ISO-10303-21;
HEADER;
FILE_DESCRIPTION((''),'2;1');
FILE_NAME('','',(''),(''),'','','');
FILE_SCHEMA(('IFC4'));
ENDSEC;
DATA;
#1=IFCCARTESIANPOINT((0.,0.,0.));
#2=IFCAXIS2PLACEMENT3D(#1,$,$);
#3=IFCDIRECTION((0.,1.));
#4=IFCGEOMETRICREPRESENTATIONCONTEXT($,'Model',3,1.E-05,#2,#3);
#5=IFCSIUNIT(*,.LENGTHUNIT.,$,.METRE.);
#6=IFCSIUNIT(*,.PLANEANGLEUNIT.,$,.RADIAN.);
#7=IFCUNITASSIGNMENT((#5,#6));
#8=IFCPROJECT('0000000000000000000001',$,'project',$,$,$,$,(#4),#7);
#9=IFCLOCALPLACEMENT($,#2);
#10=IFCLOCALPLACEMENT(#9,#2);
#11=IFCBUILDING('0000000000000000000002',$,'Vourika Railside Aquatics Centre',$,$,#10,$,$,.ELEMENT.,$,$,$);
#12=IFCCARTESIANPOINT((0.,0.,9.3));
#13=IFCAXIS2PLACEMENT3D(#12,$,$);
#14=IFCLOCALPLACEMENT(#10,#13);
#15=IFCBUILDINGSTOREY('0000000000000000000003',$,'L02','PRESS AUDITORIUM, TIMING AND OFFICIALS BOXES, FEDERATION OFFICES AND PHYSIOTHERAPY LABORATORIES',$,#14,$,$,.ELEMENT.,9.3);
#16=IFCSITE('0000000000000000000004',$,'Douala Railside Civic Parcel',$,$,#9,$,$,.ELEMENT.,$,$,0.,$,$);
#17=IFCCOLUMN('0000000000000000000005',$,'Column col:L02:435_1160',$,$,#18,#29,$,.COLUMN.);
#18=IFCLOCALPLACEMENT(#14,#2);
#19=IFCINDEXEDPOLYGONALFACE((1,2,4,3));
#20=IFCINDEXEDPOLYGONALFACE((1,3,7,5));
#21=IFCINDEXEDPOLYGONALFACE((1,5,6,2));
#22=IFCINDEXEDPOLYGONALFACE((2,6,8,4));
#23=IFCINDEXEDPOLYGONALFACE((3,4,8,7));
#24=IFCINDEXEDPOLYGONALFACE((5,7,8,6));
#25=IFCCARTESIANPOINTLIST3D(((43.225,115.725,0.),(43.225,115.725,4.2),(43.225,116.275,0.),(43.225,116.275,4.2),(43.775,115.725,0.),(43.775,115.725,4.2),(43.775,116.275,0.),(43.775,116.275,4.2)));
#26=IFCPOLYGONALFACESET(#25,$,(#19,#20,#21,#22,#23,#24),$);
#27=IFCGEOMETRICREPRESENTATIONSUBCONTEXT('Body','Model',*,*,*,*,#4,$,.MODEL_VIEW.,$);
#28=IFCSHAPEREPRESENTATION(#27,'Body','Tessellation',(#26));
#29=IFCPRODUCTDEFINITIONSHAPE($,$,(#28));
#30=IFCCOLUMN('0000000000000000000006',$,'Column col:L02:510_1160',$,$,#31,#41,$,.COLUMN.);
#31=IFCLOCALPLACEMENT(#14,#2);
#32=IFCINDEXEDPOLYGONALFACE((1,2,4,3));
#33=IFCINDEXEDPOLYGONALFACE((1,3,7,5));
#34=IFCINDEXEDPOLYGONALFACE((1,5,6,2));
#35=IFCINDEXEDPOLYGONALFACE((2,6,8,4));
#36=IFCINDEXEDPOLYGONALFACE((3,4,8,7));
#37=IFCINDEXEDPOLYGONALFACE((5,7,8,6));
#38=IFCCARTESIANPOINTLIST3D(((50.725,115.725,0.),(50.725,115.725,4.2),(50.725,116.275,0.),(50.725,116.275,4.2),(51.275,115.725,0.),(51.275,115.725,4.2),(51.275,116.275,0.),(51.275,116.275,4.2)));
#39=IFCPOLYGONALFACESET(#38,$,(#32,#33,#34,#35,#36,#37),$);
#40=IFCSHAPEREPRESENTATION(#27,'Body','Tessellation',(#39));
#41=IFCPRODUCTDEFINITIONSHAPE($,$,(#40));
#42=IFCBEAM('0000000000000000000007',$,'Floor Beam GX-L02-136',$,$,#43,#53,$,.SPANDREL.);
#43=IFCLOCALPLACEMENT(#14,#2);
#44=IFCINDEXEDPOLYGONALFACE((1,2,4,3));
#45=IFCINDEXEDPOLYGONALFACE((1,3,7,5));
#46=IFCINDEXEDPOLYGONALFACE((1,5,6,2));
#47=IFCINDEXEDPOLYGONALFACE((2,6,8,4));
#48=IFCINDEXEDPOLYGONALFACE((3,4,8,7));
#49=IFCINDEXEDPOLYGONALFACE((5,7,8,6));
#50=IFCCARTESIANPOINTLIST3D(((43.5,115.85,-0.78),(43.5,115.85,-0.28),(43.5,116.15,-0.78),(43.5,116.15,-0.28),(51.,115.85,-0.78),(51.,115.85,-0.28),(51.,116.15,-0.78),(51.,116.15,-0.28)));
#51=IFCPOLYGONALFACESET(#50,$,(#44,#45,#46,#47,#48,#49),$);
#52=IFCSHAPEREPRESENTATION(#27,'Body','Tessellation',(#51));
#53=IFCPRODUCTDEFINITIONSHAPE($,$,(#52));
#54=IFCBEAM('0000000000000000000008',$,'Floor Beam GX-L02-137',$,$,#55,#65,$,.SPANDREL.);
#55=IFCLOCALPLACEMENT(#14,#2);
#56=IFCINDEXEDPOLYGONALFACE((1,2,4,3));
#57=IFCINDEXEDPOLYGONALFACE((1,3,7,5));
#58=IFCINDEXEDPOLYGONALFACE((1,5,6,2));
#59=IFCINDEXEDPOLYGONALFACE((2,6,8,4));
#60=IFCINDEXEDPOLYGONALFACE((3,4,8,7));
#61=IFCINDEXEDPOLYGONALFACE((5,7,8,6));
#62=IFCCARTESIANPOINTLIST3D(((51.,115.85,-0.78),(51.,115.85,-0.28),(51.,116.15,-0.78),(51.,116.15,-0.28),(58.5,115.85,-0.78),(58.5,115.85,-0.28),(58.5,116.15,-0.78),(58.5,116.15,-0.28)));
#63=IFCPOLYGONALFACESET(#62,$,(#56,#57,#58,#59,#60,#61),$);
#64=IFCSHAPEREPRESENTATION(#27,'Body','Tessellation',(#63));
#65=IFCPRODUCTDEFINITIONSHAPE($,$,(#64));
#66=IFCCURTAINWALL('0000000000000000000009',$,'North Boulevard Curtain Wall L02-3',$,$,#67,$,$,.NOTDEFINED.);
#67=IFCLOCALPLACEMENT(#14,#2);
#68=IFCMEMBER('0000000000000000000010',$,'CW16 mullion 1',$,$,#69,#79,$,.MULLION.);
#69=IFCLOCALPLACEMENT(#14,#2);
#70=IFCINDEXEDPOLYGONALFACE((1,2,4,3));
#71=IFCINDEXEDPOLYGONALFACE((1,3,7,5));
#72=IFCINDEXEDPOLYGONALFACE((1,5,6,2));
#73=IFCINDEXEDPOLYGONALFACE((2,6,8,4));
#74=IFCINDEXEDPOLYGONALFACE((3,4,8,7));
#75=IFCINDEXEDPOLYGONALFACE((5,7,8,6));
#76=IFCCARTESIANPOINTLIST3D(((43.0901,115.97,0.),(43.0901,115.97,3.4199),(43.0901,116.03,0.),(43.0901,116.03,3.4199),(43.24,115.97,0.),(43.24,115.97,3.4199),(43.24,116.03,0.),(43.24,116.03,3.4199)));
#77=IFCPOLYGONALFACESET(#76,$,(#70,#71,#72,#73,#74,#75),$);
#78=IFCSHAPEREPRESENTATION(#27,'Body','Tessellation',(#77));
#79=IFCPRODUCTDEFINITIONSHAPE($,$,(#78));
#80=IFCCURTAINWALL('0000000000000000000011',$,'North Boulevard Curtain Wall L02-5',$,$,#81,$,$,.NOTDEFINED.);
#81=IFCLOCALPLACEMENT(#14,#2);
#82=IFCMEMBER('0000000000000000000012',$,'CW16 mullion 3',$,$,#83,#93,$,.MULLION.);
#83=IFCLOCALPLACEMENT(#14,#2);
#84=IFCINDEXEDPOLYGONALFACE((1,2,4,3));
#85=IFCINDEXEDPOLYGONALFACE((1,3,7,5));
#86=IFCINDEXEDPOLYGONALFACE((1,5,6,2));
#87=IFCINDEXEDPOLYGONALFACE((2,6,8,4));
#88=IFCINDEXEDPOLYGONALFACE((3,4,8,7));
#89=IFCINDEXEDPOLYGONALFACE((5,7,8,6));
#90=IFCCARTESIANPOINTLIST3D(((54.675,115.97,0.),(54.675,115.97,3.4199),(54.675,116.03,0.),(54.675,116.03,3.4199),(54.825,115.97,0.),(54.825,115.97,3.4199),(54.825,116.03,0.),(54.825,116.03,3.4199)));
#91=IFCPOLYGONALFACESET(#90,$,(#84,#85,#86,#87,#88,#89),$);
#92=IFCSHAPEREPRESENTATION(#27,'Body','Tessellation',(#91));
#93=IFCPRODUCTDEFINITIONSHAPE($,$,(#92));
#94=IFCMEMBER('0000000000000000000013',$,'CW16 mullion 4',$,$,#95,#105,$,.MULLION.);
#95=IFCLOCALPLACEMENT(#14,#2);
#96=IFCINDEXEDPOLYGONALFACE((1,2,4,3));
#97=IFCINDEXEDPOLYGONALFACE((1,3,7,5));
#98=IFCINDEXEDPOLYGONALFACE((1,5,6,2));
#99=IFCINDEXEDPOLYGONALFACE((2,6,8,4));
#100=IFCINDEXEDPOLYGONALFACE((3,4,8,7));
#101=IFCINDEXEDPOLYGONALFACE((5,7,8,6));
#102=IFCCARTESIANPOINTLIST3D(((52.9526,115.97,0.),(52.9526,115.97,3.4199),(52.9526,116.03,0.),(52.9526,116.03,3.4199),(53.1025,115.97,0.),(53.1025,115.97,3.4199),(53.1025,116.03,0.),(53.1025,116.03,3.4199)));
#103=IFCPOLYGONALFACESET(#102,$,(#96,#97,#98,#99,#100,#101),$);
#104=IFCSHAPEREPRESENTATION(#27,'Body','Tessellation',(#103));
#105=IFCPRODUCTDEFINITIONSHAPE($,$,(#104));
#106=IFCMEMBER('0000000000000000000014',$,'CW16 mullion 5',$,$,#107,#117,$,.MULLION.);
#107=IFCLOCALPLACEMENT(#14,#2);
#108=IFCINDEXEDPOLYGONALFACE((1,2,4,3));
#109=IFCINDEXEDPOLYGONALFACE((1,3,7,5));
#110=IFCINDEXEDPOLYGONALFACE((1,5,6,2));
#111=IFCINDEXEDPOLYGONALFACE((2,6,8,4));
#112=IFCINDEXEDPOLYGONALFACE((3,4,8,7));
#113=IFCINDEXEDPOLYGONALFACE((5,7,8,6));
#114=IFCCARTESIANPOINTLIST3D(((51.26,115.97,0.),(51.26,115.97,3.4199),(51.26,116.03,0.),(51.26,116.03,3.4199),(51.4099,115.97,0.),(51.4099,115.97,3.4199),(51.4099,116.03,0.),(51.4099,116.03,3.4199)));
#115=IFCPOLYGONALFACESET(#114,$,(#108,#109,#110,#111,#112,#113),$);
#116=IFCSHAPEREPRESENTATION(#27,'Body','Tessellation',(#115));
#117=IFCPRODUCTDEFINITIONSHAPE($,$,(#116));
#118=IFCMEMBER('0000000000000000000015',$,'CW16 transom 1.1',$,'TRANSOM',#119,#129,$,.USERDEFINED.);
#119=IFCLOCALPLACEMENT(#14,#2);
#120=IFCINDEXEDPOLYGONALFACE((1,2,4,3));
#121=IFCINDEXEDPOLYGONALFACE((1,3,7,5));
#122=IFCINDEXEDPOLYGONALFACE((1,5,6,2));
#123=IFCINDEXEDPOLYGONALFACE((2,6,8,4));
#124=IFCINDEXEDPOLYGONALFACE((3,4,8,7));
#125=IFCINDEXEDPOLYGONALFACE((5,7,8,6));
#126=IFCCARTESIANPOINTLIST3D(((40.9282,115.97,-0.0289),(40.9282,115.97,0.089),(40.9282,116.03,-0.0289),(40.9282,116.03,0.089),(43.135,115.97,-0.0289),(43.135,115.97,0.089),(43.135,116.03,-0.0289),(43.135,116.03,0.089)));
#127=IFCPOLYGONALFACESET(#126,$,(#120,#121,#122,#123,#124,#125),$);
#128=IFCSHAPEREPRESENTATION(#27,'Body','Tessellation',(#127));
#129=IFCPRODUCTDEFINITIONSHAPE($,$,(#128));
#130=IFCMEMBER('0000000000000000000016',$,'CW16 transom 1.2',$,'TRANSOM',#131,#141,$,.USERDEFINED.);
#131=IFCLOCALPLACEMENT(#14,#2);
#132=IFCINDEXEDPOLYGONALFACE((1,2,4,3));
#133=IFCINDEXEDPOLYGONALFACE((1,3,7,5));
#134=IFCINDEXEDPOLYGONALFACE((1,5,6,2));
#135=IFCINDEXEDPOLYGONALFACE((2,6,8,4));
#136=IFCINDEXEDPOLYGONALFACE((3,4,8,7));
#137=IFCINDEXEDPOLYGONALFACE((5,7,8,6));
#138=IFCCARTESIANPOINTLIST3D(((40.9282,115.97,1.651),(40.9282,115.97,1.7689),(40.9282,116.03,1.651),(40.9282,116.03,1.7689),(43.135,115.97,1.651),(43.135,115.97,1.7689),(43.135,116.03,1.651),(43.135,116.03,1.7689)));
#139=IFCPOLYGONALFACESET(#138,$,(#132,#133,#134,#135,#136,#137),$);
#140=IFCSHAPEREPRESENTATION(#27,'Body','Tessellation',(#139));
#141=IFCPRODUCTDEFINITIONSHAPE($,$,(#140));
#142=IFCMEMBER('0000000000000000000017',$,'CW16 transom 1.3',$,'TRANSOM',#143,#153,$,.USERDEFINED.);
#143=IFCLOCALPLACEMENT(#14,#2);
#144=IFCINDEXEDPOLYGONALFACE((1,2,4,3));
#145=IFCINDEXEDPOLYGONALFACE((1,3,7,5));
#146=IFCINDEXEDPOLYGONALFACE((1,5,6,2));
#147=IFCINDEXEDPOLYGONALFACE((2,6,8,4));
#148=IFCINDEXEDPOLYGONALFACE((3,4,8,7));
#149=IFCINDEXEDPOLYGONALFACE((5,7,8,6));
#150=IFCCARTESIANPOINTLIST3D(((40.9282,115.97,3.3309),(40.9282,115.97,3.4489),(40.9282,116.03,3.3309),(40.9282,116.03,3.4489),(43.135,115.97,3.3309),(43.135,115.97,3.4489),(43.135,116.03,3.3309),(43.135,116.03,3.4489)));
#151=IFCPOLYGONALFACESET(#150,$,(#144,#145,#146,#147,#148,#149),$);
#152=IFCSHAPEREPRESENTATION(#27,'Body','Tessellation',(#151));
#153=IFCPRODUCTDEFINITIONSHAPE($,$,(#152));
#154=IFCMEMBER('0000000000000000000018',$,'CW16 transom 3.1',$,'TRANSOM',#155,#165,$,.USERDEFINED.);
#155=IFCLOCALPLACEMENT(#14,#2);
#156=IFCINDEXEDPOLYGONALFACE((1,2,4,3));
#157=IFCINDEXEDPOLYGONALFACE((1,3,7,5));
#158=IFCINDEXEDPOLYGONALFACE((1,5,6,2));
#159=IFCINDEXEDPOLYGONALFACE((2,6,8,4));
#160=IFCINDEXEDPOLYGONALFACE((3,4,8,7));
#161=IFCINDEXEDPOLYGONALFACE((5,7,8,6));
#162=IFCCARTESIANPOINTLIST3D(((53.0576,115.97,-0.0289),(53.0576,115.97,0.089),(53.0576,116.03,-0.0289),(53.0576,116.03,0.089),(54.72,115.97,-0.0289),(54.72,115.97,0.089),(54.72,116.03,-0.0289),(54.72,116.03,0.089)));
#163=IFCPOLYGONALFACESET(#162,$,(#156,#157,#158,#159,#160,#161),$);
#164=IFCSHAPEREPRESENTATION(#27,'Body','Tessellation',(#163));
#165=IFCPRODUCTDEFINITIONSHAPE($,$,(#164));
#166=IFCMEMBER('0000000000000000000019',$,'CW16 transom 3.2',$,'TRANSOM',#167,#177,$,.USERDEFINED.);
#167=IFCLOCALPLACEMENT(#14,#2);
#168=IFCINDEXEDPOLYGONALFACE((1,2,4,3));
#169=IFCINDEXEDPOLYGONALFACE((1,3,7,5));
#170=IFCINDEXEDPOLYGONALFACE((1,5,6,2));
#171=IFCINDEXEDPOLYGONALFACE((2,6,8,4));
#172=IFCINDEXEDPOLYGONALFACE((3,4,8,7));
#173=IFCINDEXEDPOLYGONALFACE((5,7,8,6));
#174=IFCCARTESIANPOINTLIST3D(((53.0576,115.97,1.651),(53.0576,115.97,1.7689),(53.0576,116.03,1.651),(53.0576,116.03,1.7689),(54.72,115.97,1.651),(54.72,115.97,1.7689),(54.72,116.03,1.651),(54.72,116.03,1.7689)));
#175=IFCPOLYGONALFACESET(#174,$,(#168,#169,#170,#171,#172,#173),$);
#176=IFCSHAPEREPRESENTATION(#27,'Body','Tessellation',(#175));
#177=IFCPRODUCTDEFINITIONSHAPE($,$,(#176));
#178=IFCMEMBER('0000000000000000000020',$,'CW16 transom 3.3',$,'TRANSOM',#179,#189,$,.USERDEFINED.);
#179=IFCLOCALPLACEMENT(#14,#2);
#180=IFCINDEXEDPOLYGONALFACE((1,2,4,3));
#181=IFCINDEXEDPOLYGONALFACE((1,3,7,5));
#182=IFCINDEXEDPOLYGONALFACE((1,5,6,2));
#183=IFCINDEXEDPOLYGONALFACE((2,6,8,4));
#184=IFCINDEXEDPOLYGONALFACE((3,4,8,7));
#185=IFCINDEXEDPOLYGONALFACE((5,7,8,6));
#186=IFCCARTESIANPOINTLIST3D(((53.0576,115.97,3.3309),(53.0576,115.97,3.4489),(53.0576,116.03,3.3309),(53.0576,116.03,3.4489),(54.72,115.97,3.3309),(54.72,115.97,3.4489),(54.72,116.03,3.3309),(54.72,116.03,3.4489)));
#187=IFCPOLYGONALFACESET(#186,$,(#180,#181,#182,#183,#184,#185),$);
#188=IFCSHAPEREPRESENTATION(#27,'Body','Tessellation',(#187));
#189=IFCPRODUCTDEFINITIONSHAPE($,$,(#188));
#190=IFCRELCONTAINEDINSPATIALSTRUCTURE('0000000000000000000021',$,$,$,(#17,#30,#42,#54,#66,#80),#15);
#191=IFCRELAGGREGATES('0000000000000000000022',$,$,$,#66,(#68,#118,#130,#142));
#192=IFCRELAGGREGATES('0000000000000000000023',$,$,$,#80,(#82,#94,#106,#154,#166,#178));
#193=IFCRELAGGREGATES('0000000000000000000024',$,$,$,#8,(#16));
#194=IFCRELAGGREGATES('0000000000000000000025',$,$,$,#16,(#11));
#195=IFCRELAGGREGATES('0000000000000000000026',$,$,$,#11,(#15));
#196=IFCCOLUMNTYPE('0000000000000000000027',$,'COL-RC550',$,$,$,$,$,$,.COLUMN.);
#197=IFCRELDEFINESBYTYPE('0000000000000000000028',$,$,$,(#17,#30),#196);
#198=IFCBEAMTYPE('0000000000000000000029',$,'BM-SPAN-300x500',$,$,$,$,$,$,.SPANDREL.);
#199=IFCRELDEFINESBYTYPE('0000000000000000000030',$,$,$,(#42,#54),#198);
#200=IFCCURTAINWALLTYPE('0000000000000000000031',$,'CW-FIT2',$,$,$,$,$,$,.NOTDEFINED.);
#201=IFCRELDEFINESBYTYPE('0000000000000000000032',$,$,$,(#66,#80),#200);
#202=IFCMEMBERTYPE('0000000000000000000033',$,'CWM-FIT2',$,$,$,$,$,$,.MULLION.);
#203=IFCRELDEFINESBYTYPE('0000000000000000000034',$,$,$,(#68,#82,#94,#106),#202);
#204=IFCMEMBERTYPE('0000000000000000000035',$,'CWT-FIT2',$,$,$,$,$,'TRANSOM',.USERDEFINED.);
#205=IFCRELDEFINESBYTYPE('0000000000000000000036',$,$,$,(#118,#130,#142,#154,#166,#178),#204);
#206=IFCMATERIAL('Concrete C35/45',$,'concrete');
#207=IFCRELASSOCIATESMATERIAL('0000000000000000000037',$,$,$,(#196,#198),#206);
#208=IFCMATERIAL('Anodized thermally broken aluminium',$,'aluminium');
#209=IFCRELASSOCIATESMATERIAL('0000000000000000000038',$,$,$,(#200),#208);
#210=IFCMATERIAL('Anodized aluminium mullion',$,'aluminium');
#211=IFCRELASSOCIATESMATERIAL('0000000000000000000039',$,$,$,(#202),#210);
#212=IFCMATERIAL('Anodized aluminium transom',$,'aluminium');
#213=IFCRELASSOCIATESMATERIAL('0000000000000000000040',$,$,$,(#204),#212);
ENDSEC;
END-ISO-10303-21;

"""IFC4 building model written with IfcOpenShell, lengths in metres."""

from ifc_helpers import new_model, si_unit, direction, frame, origin, origin_2d, place, context, subcontext, project, spatial, rectangle, extrude, material, material_profile, profile_set, type_object, element, aggregate, save


model = new_model("IFC4")

# Units and contexts
model_context = context("Model", 3, precision=1e-05, world=origin(), true_north=direction((0.0, 1.0)))
body_context = subcontext(model_context, "Body", "Model", "MODEL_VIEW")
ifc_project = project(units=[si_unit("LENGTHUNIT", "METRE"), si_unit("PLANEANGLEUNIT", "RADIAN")], contexts=[model_context])

# Site, building, storey
site_placement = place(None, origin())
site = spatial("IfcSite", under=ifc_project, at=site_placement, Name="Douala Railside Civic Parcel", CompositionType="ELEMENT", RefElevation=0.0)
building_placement = place(site_placement, origin())
building = spatial("IfcBuilding", under=site, at=building_placement, Name="Vourika Railside Aquatics Centre", CompositionType="ELEMENT")
storey_placement = place(building_placement, frame((0.0, 0.0, 9.3)))
storey = spatial("IfcBuildingStorey", under=building, at=storey_placement, Name="L02", Description="PRESS AUDITORIUM, TIMING AND OFFICIALS BOXES, FEDERATION OFFICES AND PHYSIOTHERAPY LABORATORIES", CompositionType="ELEMENT", Elevation=9.3)

# Columns
ifc_material_1 = material(Name="Concrete C35/45", Category="concrete")
ifc_material_profile_1 = material_profile(ifc_material_1, rectangle(XDim=0.55, YDim=0.55, at=origin_2d()), Name="RC 550x550")
ifc_profile_set_1 = profile_set([ifc_material_profile_1], Name="Concrete C35/45")
column_type = type_object("IfcColumnType", Name="COL-RC550", PredefinedType="COLUMN", material=ifc_profile_set_1)
for number, where, z_axis, x_axis, name in (
    (1, (43.5, 116.0, 0.0), (0.0, 0.0, 1.0), (1.0, 0.0, 0.0), "Column col:L02:435_1160"),
    (2, (51.0, 116.0, 0.0), (0.0, 0.0, 1.0), (1.0, 0.0, 0.0), "Column col:L02:510_1160"),
):
    element("IfcColumn", number, at=place(storey_placement, frame(where, z_axis=z_axis, x_axis=x_axis)), inside=storey, type_object=column_type, Name=name, PredefinedType="COLUMN", context=body_context, shape_type="SweptSolid", body=[
        extrude(rectangle(XDim=0.55, YDim=0.55, at=origin_2d()), origin(), (0.0, 0.0, 1.0), 4.2),
    ])

# Beams
ifc_material_profile_2 = material_profile(ifc_material_1, rectangle(XDim=0.3, YDim=0.5, at=origin_2d()), Name="RC 300x500")
ifc_profile_set_2 = profile_set([ifc_material_profile_2], Name="Concrete C35/45")
beam_type = type_object("IfcBeamType", Name="BM-SPAN-300x500", PredefinedType="SPANDREL", material=ifc_profile_set_2)
for number, where, z_axis, x_axis, name in (
    (3, (43.5, 116.0, -0.53), (1.0, 0.0, 0.0), (0.0, 1.0, 0.0), "Floor Beam GX-L02-136"),
    (4, (51.0, 116.0, -0.53), (1.0, 0.0, 0.0), (0.0, 1.0, 0.0), "Floor Beam GX-L02-137"),
):
    element("IfcBeam", number, at=place(storey_placement, frame(where, z_axis=z_axis, x_axis=x_axis)), inside=storey, type_object=beam_type, Name=name, PredefinedType="SPANDREL", context=body_context, shape_type="SweptSolid", body=[
        extrude(rectangle(XDim=0.3, YDim=0.5, at=origin_2d()), origin(), (0.0, 0.0, 1.0), 7.5),
    ])

# Curtain wall, member
ifc_material_2 = material(Name="Anodized thermally broken aluminium", Category="aluminium")
curtain_wall_type = type_object("IfcCurtainWallType", Name="CW-FIT2", PredefinedType="NOTDEFINED", material=ifc_material_2)
curtain_wall_1_placement = place(storey_placement, origin())
curtain_wall_1 = element("IfcCurtainWall", 5, at=curtain_wall_1_placement, inside=storey, type_object=curtain_wall_type, Name="North Boulevard Curtain Wall L02-3", PredefinedType="NOTDEFINED")
ifc_material_3 = material(Name="Anodized aluminium mullion", Category="aluminium")
ifc_material_profile_3 = material_profile(ifc_material_3, rectangle(XDim=0.0601, YDim=0.1499, at=origin_2d()), Name="ALU-M 60x150")
ifc_profile_set_3 = profile_set([ifc_material_profile_3], Name="Anodized aluminium mullion")
member_type_1 = type_object("IfcMemberType", Name="CWM-FIT2", PredefinedType="MULLION", material=ifc_profile_set_3)
member_1_placement = place(storey_placement, frame((43.165, 116.0, 0.0), z_axis=(0.0, 0.0, 1.0), x_axis=(0.0, -1.0, 0.0)))
member_1 = element("IfcMember", 6, at=member_1_placement, type_object=member_type_1, Name="CW16 mullion 1", PredefinedType="MULLION", context=body_context, shape_type="SweptSolid", body=[
    extrude(rectangle(XDim=0.0601, YDim=0.1499, at=origin_2d()), origin(), (0.0, 0.0, 1.0), 3.4199),
])

# Curtain wall, members
curtain_wall_2_placement = place(storey_placement, origin())
curtain_wall_2 = element("IfcCurtainWall", 7, at=curtain_wall_2_placement, inside=storey, type_object=curtain_wall_type, Name="North Boulevard Curtain Wall L02-5", PredefinedType="NOTDEFINED")
member_2_placement = place(storey_placement, frame((54.75, 116.0, 0.0), z_axis=(0.0, 0.0, 1.0), x_axis=(0.0, -1.0, 0.0)))
member_2 = element("IfcMember", 8, at=member_2_placement, type_object=member_type_1, Name="CW16 mullion 3", PredefinedType="MULLION", context=body_context, shape_type="SweptSolid", body=[
    extrude(rectangle(XDim=0.0601, YDim=0.1499, at=origin_2d()), origin(), (0.0, 0.0, 1.0), 3.4199),
])
member_3_placement = place(storey_placement, frame((53.0276, 116.0, 0.0), z_axis=(0.0, 0.0, 1.0), x_axis=(0.0, -1.0, 0.0)))
member_3 = element("IfcMember", 9, at=member_3_placement, type_object=member_type_1, Name="CW16 mullion 4", PredefinedType="MULLION", context=body_context, shape_type="SweptSolid", body=[
    extrude(rectangle(XDim=0.0601, YDim=0.1499, at=origin_2d()), origin(), (0.0, 0.0, 1.0), 3.4199),
])
member_4_placement = place(storey_placement, frame((51.335, 116.0, 0.0), z_axis=(0.0, 0.0, 1.0), x_axis=(0.0, -1.0, 0.0)))
member_4 = element("IfcMember", 10, at=member_4_placement, type_object=member_type_1, Name="CW16 mullion 5", PredefinedType="MULLION", context=body_context, shape_type="SweptSolid", body=[
    extrude(rectangle(XDim=0.0601, YDim=0.1499, at=origin_2d()), origin(), (0.0, 0.0, 1.0), 3.4199),
])

# Members
ifc_material_4 = material(Name="Anodized aluminium transom", Category="aluminium")
ifc_material_profile_4 = material_profile(ifc_material_4, rectangle(XDim=0.0601, YDim=0.1179, at=origin_2d()), Name="ALU-T 60x118")
ifc_profile_set_4 = profile_set([ifc_material_profile_4], Name="Anodized aluminium transom")
member_type_2 = type_object("IfcMemberType", Name="CWT-FIT2", ElementType="TRANSOM", PredefinedType="USERDEFINED", material=ifc_profile_set_4)
member_5_placement = place(storey_placement, frame((43.135, 116.0, 0.03), z_axis=(-1.0, 0.0, 0.0), x_axis=(0.0, -1.0, 0.0)))
member_5 = element("IfcMember", 11, at=member_5_placement, type_object=member_type_2, Name="CW16 transom 1.1", ObjectType="TRANSOM", PredefinedType="USERDEFINED", context=body_context, shape_type="SweptSolid", body=[
    extrude(rectangle(XDim=0.0601, YDim=0.1179, at=origin_2d()), origin(), (0.0, 0.0, 1.0), 2.2068),
])
member_6_placement = place(storey_placement, frame((43.135, 116.0, 1.71), z_axis=(-1.0, 0.0, 0.0), x_axis=(0.0, -1.0, 0.0)))
member_6 = element("IfcMember", 12, at=member_6_placement, type_object=member_type_2, Name="CW16 transom 1.2", ObjectType="TRANSOM", PredefinedType="USERDEFINED", context=body_context, shape_type="SweptSolid", body=[
    extrude(rectangle(XDim=0.0601, YDim=0.1179, at=origin_2d()), origin(), (0.0, 0.0, 1.0), 2.2068),
])
member_7_placement = place(storey_placement, frame((43.135, 116.0, 3.3899), z_axis=(-1.0, 0.0, 0.0), x_axis=(0.0, -1.0, 0.0)))
member_7 = element("IfcMember", 13, at=member_7_placement, type_object=member_type_2, Name="CW16 transom 1.3", ObjectType="TRANSOM", PredefinedType="USERDEFINED", context=body_context, shape_type="SweptSolid", body=[
    extrude(rectangle(XDim=0.0601, YDim=0.1179, at=origin_2d()), origin(), (0.0, 0.0, 1.0), 2.2068),
])
member_8_placement = place(storey_placement, frame((54.72, 116.0, 0.03), z_axis=(-1.0, 0.0, 0.0), x_axis=(0.0, -1.0, 0.0)))
member_8 = element("IfcMember", 14, at=member_8_placement, type_object=member_type_2, Name="CW16 transom 3.1", ObjectType="TRANSOM", PredefinedType="USERDEFINED", context=body_context, shape_type="SweptSolid", body=[
    extrude(rectangle(XDim=0.0601, YDim=0.1179, at=origin_2d()), origin(), (0.0, 0.0, 1.0), 1.6624),
])
member_9_placement = place(storey_placement, frame((54.72, 116.0, 1.71), z_axis=(-1.0, 0.0, 0.0), x_axis=(0.0, -1.0, 0.0)))
member_9 = element("IfcMember", 15, at=member_9_placement, type_object=member_type_2, Name="CW16 transom 3.2", ObjectType="TRANSOM", PredefinedType="USERDEFINED", context=body_context, shape_type="SweptSolid", body=[
    extrude(rectangle(XDim=0.0601, YDim=0.1179, at=origin_2d()), origin(), (0.0, 0.0, 1.0), 1.6624),
])
member_10_placement = place(storey_placement, frame((54.72, 116.0, 3.3899), z_axis=(-1.0, 0.0, 0.0), x_axis=(0.0, -1.0, 0.0)))
member_10 = element("IfcMember", 16, at=member_10_placement, type_object=member_type_2, Name="CW16 transom 3.3", ObjectType="TRANSOM", PredefinedType="USERDEFINED", context=body_context, shape_type="SweptSolid", body=[
    extrude(rectangle(XDim=0.0601, YDim=0.1179, at=origin_2d()), origin(), (0.0, 0.0, 1.0), 1.6624),
])

aggregate(curtain_wall_1, [member_1, member_5, member_6, member_7])
aggregate(curtain_wall_2, [member_2, member_3, member_4, member_8, member_9, member_10])

save(model, "model.ifc")
